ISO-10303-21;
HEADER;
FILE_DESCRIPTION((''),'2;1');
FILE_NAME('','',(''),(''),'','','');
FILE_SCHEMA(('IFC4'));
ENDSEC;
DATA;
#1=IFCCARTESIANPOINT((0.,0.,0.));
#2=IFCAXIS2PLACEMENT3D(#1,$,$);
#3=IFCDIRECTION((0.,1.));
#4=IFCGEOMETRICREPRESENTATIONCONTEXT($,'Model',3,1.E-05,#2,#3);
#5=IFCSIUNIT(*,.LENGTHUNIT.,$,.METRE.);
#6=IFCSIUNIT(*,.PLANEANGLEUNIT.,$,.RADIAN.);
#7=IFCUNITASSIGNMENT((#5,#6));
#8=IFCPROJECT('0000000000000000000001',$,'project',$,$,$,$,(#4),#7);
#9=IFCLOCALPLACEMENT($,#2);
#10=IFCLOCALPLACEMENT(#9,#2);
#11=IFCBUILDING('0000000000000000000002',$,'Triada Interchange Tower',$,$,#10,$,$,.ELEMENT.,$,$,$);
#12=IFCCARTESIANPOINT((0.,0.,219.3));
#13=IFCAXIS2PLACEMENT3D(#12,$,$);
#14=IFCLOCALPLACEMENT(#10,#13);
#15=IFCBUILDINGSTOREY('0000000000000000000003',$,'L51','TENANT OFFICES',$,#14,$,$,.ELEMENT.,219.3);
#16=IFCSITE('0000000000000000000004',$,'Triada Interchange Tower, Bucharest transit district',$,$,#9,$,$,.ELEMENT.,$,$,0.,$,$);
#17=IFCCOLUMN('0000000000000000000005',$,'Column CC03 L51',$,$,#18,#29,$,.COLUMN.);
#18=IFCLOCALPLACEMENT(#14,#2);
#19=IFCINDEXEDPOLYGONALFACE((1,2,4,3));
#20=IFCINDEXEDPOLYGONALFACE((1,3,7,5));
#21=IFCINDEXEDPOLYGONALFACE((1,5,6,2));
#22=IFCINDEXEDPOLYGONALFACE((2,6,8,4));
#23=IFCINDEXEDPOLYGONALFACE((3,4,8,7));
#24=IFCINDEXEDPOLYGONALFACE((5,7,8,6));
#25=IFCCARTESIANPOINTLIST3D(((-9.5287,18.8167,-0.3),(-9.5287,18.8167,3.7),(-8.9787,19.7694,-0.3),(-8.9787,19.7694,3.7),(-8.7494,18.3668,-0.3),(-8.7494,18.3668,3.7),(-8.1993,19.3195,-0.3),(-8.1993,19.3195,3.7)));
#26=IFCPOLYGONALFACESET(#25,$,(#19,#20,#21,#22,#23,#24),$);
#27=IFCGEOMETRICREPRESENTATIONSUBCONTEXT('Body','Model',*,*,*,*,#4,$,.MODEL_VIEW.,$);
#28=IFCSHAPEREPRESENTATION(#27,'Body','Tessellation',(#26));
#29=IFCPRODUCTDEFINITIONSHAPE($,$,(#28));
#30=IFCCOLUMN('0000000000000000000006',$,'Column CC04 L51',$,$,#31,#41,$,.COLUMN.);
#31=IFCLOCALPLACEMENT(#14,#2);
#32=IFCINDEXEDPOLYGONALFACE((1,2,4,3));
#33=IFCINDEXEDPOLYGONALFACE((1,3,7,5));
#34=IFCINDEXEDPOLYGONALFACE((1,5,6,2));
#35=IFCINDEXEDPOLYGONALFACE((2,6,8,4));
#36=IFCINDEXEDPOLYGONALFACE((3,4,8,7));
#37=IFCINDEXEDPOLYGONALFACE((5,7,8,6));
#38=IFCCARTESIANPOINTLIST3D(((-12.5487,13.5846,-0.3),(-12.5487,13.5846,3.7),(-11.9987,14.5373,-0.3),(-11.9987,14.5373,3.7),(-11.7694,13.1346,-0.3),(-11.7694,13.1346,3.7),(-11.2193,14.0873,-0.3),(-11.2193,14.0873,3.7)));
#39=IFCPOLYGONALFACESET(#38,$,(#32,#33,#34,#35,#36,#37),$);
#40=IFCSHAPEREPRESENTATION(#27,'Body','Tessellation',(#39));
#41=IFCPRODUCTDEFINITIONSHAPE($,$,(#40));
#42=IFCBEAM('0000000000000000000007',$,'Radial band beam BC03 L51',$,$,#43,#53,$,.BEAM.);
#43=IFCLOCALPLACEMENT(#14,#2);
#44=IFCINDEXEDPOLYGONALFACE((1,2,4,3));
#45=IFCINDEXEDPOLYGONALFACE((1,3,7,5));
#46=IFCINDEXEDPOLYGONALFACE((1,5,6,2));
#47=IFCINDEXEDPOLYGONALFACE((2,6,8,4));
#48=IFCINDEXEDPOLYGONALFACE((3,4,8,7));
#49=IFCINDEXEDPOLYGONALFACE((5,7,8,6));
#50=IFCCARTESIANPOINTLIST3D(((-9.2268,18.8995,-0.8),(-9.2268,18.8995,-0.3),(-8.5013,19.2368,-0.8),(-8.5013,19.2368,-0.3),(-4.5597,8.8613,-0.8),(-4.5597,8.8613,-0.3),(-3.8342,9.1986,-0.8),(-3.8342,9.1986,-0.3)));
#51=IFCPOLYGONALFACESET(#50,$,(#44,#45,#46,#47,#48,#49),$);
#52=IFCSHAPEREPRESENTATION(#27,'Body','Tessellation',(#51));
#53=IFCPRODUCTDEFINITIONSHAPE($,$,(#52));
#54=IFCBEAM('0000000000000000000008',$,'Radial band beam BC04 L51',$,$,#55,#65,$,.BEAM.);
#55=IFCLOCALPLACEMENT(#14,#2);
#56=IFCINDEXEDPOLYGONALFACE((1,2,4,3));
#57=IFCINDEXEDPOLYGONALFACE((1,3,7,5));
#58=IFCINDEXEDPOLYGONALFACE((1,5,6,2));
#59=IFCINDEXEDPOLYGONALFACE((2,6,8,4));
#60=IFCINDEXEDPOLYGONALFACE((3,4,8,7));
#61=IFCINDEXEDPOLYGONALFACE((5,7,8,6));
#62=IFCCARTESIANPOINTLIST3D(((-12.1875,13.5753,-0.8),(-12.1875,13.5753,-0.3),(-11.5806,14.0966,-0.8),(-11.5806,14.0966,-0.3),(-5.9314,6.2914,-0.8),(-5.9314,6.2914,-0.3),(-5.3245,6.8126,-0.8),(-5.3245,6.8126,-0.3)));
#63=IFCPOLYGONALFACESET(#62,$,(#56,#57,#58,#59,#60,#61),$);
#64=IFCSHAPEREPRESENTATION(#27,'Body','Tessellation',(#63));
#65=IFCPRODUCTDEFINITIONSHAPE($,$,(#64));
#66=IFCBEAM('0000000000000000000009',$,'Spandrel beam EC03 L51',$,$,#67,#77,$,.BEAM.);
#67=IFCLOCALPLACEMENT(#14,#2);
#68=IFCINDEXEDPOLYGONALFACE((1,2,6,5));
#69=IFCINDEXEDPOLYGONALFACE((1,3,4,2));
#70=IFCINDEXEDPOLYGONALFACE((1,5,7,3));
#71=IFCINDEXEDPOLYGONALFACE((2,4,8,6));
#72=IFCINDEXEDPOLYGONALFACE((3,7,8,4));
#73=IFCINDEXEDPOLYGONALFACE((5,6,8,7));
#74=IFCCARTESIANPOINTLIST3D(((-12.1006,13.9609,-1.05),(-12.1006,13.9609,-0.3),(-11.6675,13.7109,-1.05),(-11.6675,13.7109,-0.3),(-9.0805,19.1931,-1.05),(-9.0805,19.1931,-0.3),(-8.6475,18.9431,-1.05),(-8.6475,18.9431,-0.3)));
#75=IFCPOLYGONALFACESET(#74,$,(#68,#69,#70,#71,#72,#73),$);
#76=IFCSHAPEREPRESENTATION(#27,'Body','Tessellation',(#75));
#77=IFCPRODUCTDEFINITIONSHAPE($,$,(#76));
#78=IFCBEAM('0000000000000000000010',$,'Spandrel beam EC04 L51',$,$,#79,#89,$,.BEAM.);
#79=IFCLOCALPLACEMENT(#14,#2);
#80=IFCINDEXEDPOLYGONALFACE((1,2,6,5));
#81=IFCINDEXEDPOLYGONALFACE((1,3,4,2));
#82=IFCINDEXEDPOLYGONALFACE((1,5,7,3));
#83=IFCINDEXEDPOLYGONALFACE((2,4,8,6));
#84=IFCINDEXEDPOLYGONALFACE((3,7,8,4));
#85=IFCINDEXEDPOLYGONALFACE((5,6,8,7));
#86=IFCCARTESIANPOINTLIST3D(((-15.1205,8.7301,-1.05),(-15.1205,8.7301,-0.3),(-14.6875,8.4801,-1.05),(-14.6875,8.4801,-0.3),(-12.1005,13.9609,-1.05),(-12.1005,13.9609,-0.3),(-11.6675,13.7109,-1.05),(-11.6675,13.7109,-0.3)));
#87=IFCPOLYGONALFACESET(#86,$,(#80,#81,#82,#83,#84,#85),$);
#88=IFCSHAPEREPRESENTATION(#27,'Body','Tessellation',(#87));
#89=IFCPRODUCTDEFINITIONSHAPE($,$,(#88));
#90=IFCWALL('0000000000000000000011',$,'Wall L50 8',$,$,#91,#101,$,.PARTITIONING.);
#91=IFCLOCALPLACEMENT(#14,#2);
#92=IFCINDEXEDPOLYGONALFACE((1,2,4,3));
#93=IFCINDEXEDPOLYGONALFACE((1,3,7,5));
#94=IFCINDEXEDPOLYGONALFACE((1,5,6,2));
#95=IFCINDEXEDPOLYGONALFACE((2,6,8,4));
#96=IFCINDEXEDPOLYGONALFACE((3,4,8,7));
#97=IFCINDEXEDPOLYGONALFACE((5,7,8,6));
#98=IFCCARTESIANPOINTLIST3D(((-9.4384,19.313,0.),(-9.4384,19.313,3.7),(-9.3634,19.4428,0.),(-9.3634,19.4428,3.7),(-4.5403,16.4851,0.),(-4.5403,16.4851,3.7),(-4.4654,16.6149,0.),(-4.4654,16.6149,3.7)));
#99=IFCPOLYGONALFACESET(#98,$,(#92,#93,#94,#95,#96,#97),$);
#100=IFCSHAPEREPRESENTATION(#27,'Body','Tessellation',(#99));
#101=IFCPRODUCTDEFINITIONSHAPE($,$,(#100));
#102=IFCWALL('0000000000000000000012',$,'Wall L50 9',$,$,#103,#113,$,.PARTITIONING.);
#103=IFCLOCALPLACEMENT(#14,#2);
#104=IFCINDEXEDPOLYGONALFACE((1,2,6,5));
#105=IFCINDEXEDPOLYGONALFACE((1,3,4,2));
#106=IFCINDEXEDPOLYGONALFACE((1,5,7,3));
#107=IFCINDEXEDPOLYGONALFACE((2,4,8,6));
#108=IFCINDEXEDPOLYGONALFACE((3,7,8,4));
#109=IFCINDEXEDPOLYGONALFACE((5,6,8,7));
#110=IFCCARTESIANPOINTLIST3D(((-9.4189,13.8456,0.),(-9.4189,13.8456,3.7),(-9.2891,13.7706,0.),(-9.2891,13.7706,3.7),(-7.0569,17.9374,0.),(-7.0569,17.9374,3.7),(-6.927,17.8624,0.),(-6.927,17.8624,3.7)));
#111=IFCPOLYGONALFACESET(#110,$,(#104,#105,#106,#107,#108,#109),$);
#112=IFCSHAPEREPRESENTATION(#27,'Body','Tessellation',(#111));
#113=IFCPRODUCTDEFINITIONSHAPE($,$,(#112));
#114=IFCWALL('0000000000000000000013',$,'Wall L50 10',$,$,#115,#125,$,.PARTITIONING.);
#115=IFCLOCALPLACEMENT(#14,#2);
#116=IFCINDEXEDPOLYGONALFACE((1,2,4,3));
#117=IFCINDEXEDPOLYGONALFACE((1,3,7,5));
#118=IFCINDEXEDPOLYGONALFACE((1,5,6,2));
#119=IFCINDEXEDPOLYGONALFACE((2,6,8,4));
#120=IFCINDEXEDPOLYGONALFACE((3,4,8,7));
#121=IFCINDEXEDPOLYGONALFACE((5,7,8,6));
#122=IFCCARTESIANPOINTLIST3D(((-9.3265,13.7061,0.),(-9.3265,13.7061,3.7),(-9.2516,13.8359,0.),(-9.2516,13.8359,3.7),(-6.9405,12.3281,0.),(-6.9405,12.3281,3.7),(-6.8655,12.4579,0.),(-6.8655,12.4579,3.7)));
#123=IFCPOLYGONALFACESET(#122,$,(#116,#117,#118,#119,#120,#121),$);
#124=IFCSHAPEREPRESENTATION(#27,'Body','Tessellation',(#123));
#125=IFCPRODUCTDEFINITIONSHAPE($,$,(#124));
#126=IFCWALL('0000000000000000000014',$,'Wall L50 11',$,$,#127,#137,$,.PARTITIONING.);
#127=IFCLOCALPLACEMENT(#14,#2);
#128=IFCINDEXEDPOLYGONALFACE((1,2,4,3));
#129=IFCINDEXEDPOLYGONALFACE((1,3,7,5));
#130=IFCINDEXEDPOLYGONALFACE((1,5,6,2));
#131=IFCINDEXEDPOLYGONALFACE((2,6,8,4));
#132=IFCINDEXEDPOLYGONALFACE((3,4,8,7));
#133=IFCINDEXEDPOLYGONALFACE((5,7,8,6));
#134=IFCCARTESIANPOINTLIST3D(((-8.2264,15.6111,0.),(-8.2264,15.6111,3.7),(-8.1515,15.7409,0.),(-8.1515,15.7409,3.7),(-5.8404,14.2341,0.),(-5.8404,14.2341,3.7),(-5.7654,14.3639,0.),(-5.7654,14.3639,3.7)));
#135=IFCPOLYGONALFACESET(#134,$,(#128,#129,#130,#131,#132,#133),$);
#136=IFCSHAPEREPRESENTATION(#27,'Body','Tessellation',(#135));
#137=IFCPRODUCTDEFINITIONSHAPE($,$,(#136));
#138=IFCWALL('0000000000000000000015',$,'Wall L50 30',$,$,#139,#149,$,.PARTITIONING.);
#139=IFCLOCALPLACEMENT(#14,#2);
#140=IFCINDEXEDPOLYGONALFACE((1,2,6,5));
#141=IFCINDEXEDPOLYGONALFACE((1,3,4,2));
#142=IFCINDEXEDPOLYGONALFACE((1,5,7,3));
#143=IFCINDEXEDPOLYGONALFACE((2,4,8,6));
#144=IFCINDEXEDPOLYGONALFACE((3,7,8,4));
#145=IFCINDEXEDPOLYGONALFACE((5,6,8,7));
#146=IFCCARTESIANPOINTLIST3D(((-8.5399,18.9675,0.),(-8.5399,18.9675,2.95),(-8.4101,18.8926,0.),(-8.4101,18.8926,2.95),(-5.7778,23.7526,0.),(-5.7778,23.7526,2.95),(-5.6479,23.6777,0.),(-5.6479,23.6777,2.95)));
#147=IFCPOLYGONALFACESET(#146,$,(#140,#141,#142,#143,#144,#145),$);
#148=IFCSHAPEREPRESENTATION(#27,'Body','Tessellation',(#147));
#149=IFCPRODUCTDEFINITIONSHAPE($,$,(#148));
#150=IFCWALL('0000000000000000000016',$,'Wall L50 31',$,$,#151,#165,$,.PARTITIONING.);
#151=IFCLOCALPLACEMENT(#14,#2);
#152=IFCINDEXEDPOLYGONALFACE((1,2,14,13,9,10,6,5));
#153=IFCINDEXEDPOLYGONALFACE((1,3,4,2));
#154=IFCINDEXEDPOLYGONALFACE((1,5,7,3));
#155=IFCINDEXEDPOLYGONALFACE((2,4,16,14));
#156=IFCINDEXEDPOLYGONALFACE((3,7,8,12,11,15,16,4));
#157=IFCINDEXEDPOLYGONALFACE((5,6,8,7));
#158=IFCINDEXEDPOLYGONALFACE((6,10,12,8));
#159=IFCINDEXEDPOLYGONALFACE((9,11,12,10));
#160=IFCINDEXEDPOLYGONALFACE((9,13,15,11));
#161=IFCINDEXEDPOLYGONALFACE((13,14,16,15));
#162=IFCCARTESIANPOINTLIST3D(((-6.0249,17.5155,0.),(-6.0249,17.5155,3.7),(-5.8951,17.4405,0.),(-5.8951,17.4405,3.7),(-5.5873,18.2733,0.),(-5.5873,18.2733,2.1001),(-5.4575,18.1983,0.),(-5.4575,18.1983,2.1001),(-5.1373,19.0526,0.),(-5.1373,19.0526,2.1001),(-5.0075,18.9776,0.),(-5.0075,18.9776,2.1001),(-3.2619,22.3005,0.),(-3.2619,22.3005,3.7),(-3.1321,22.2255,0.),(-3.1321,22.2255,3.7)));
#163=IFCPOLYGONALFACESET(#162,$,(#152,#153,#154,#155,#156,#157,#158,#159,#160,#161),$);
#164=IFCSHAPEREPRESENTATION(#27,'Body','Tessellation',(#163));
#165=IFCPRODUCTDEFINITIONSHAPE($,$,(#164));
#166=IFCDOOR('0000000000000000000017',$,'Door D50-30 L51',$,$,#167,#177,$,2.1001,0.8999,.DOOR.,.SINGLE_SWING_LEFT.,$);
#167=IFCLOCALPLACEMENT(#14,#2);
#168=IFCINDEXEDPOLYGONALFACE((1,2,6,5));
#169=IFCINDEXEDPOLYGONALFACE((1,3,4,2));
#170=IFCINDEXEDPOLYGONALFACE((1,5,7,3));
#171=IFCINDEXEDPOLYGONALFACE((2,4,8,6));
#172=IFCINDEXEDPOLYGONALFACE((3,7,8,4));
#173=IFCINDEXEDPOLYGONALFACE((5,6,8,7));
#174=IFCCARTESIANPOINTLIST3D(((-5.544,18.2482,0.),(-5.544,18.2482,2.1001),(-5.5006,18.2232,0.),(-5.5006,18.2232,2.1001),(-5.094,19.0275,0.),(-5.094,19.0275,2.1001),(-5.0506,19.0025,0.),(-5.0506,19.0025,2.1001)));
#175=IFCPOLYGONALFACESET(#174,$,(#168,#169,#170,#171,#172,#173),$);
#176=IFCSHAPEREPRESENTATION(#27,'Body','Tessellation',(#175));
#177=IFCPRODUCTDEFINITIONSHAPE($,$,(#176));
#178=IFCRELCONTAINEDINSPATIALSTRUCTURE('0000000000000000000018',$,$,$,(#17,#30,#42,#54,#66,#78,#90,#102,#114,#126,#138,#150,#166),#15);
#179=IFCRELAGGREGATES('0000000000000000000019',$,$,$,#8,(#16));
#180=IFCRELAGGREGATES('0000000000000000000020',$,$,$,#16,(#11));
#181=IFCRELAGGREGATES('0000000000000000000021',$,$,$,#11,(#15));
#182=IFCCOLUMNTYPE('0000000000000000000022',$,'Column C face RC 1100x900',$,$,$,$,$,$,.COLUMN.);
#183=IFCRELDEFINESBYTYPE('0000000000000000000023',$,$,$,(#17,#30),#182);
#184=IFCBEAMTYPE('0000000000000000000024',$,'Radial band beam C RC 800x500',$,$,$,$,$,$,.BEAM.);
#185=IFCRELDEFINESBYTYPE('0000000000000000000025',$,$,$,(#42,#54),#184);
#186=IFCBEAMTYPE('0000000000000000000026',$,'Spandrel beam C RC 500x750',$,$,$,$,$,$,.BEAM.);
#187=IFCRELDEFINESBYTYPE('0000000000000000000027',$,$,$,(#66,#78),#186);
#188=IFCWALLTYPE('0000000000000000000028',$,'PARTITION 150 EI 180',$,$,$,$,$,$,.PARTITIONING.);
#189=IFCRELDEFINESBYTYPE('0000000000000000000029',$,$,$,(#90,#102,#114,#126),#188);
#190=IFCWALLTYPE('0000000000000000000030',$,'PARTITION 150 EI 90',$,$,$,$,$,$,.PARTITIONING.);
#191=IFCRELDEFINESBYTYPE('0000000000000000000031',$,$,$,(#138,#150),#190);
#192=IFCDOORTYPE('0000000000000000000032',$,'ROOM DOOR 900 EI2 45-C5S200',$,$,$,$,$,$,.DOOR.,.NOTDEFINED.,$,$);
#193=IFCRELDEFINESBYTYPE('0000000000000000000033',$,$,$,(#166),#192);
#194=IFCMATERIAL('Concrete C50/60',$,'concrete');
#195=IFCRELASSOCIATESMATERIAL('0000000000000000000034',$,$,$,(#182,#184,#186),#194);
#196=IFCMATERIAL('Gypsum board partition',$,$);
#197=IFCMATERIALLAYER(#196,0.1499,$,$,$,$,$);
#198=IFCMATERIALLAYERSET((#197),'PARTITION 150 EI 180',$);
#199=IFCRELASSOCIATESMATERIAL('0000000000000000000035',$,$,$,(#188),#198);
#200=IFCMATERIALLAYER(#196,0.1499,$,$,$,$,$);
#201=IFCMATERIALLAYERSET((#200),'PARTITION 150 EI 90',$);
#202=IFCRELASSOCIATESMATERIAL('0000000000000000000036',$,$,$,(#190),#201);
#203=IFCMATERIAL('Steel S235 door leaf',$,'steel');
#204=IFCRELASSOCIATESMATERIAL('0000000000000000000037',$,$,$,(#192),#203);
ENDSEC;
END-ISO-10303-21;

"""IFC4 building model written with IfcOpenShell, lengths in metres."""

from ifc_helpers import new_model, si_unit, direction, frame, frame_2d, origin, origin_2d, place, context, subcontext, project, spatial, rectangle, extrude, material, layer, layer_set, material_profile, profile_set, type_object, element, fill, save


model = new_model("IFC4")

# Units and contexts
model_context = context("Model", 3, precision=1e-05, world=origin(), true_north=direction((0.0, 1.0)))
body_context = subcontext(model_context, "Body", "Model", "MODEL_VIEW")
ifc_project = project(units=[si_unit("LENGTHUNIT", "METRE"), si_unit("PLANEANGLEUNIT", "RADIAN")], contexts=[model_context])

# Site, building, storey
site_placement = place(None, origin())
site = spatial("IfcSite", under=ifc_project, at=site_placement, Name="Triada Interchange Tower, Bucharest transit district", CompositionType="ELEMENT", RefElevation=0.0)
building_placement = place(site_placement, origin())
building = spatial("IfcBuilding", under=site, at=building_placement, Name="Triada Interchange Tower", CompositionType="ELEMENT")
storey_placement = place(building_placement, frame((0.0, 0.0, 219.3)))
storey = spatial("IfcBuildingStorey", under=building, at=storey_placement, Name="L51", Description="TENANT OFFICES", CompositionType="ELEMENT", Elevation=219.3)

# Columns
ifc_material_1 = material(Name="Concrete C50/60", Category="concrete")
ifc_material_profile_1 = material_profile(ifc_material_1, rectangle(XDim=1.1001, YDim=0.8999, at=origin_2d()), Name="RC 1100x900")
ifc_profile_set_1 = profile_set([ifc_material_profile_1], Name="Concrete C50/60")
column_type = type_object("IfcColumnType", Name="Column C face RC 1100x900", PredefinedType="COLUMN", material=ifc_profile_set_1)
for number, where, z_axis, x_axis, name in (
    (1, (-8.864, 19.0681, -0.3), (0.0, 0.0, 1.0), (0.5, 0.866025, 0.0), "Column CC03 L51"),
    (2, (-11.884, 13.8359, -0.3), (0.0, 0.0, 1.0), (0.5, 0.866025, 0.0), "Column CC04 L51"),
):
    element("IfcColumn", number, at=place(storey_placement, frame(where, z_axis=z_axis, x_axis=x_axis)), inside=storey, type_object=column_type, Name=name, PredefinedType="COLUMN", context=body_context, shape_type="SweptSolid", body=[
        extrude(rectangle(XDim=1.1001, YDim=0.8999, at=origin_2d()), origin(), (0.0, 0.0, 1.0), 4.0),
    ])

# Beams
ifc_material_profile_2 = material_profile(ifc_material_1, rectangle(XDim=0.8, YDim=0.5, at=origin_2d()), Name="RC 800x500")
ifc_profile_set_2 = profile_set([ifc_material_profile_2], Name="Concrete C50/60")
beam_type_1 = type_object("IfcBeamType", Name="Radial band beam C RC 800x500", PredefinedType="BEAM", material=ifc_profile_set_2)
beam_1_placement = place(storey_placement, frame((-8.864, 19.0681, -0.55), z_axis=(0.421591, -0.906786, 0.0), x_axis=(0.906786, 0.421591, 0.0)))
element("IfcBeam", 3, at=beam_1_placement, inside=storey, type_object=beam_type_1, Name="Radial band beam BC03 L51", PredefinedType="BEAM", context=body_context, shape_type="SweptSolid", body=[
    extrude(rectangle(XDim=0.8, YDim=0.5, at=origin_2d()), origin(), (0.0, 0.0, 1.0), 11.0701),
])
beam_2_placement = place(storey_placement, frame((-11.884, 13.8359, -0.55), z_axis=(0.651555, -0.758601, 0.0), x_axis=(0.758601, 0.651555, 0.0)))
element("IfcBeam", 4, at=beam_2_placement, inside=storey, type_object=beam_type_1, Name="Radial band beam BC04 L51", PredefinedType="BEAM", context=body_context, shape_type="SweptSolid", body=[
    extrude(rectangle(XDim=0.8, YDim=0.5, at=origin_2d()), origin(), (0.0, 0.0, 1.0), 9.6018),
])
ifc_material_profile_3 = material_profile(ifc_material_1, rectangle(XDim=0.5, YDim=0.75, at=origin_2d()), Name="RC 500x750")
ifc_profile_set_3 = profile_set([ifc_material_profile_3], Name="Concrete C50/60")
beam_type_2 = type_object("IfcBeamType", Name="Spandrel beam C RC 500x750", PredefinedType="BEAM", material=ifc_profile_set_3)
beam_3_placement = place(storey_placement, frame((-8.864, 19.0681, -0.675), z_axis=(-0.499903, -0.866081, 0.0), x_axis=(0.866081, -0.499903, 0.0)))
element("IfcBeam", 5, at=beam_3_placement, inside=storey, type_object=beam_type_2, Name="Spandrel beam EC03 L51", PredefinedType="BEAM", context=body_context, shape_type="SweptSolid", body=[
    extrude(rectangle(XDim=0.5, YDim=0.75, at=origin_2d()), origin(), (0.0, 0.0, 1.0), 6.0413),
])
beam_4_placement = place(storey_placement, frame((-11.884, 13.8359, -0.675), z_axis=(-0.499991, -0.866031, 0.0), x_axis=(0.866031, -0.499991, 0.0)))
element("IfcBeam", 6, at=beam_4_placement, inside=storey, type_object=beam_type_2, Name="Spandrel beam EC04 L51", PredefinedType="BEAM", context=body_context, shape_type="SweptSolid", body=[
    extrude(rectangle(XDim=0.5, YDim=0.75, at=origin_2d()), origin(), (0.0, 0.0, 1.0), 6.04),
])

# Shared definitions
ifc_material_2 = material(Name="Steel S235 door leaf", Category="steel")

# Walls
ifc_material_3 = material(Name="Gypsum board partition")
ifc_layer_1 = layer(ifc_material_3, 0.1499)
ifc_layer_set_1 = layer_set([ifc_layer_1], Name="PARTITION 150 EI 180")
wall_type_1 = type_object("IfcWallType", Name="PARTITION 150 EI 180", PredefinedType="PARTITIONING", material=ifc_layer_set_1)
wall_1_placement = place(storey_placement, frame((-9.4009, 19.3779, 0.0), z_axis=(0.0, 0.0, 1.0), x_axis=(0.866022, -0.500006, 0.0)))
element("IfcWall", 7, at=wall_1_placement, inside=storey, type_object=wall_type_1, Name="Wall L50 8", PredefinedType="PARTITIONING", context=body_context, shape_type="SweptSolid", body=[
    extrude(rectangle(XDim=5.6558, YDim=0.1499, at=frame_2d((2.8279, 0.0))), origin(), (0.0, 0.0, 1.0), 3.7),
])
wall_2_placement = place(storey_placement, frame((-9.354, 13.8081, 0.0), z_axis=(0.0, 0.0, 1.0), x_axis=(0.499946, 0.866057, 0.0)))
element("IfcWall", 8, at=wall_2_placement, inside=storey, type_object=wall_type_1, Name="Wall L50 9", PredefinedType="PARTITIONING", context=body_context, shape_type="SweptSolid", body=[
    extrude(rectangle(XDim=4.7246, YDim=0.1499, at=frame_2d((2.3623, 0.0))), origin(), (0.0, 0.0, 1.0), 3.7),
])
wall_3_placement = place(storey_placement, frame((-9.2891, 13.771, 0.0), z_axis=(0.0, 0.0, 1.0), x_axis=(0.865966, -0.500103, 0.0)))
element("IfcWall", 9, at=wall_3_placement, inside=storey, type_object=wall_type_1, Name="Wall L50 10", PredefinedType="PARTITIONING", context=body_context, shape_type="SweptSolid", body=[
    extrude(rectangle(XDim=2.7554, YDim=0.1499, at=frame_2d((1.3777, 0.0))), origin(), (0.0, 0.0, 1.0), 3.7),
])
wall_4_placement = place(storey_placement, frame((-8.189, 15.676, 0.0), z_axis=(0.0, 0.0, 1.0), x_axis=(0.866119, -0.499838, 0.0)))
element("IfcWall", 10, at=wall_4_placement, inside=storey, type_object=wall_type_1, Name="Wall L50 11", PredefinedType="PARTITIONING", context=body_context, shape_type="SweptSolid", body=[
    extrude(rectangle(XDim=2.7549, YDim=0.1499, at=frame_2d((1.3774, 0.0))), origin(), (0.0, 0.0, 1.0), 3.7),
])
ifc_layer_2 = layer(ifc_material_3, 0.1499)
ifc_layer_set_2 = layer_set([ifc_layer_2], Name="PARTITION 150 EI 90")
wall_type_2 = type_object("IfcWallType", Name="PARTITION 150 EI 90", PredefinedType="PARTITIONING", material=ifc_layer_set_2)
wall_5_placement = place(storey_placement, frame((-8.4751, 18.9299, 0.0), z_axis=(0.0, 0.0, 1.0), x_axis=(0.499932, 0.866065, 0.0)))
element("IfcWall", 11, at=wall_5_placement, inside=storey, type_object=wall_type_2, Name="Wall L50 30", PredefinedType="PARTITIONING", context=body_context, shape_type="SweptSolid", body=[
    extrude(rectangle(XDim=5.5251, YDim=0.1499, at=frame_2d((2.7627, 0.0))), origin(), (0.0, 0.0, 1.0), 2.95),
])

# Wall, opening, door
wall_6_placement = place(storey_placement, frame((-5.96, 17.478, 0.0), z_axis=(0.0, 0.0, 1.0), x_axis=(0.50005, 0.865996, 0.0)))
wall_6 = element("IfcWall", 12, at=wall_6_placement, inside=storey, type_object=wall_type_2, Name="Wall L50 31", PredefinedType="PARTITIONING", context=body_context, shape_type="SweptSolid", body=[
    extrude(rectangle(XDim=5.5254, YDim=0.1499, at=frame_2d((2.7627, 0.0))), origin(), (0.0, 0.0, 1.0), 3.7),
])
opening_1_placement = place(wall_6_placement, frame((0.875, 0.0, 0.0)))
opening_1 = element("IfcOpeningElement", 13, at=opening_1_placement, cuts=wall_6, PredefinedType="OPENING", context=body_context, shape_type="SweptSolid", body=[
    extrude(rectangle(XDim=0.8999, YDim=2.1001, at=frame_2d((0.45, 1.05))), frame((0.0, 0.085, 0.0), z_axis=(0.0, -1.0, 0.0), x_axis=(1.0, 0.0, 0.0)), (0.0, 0.0, 1.0), 0.1699),
])
door_type_1 = type_object("IfcDoorType", Name="ROOM DOOR 900 EI2 45-C5S200", OperationType="NOTDEFINED", PredefinedType="DOOR", material=ifc_material_2)
door_1_placement = place(opening_1_placement, origin())
door_1 = element("IfcDoor", 14, at=door_1_placement, inside=storey, type_object=door_type_1, Name="Door D50-30 L51", OperationType="SINGLE_SWING_LEFT", OverallHeight=2.1001, OverallWidth=0.8999, PredefinedType="DOOR", context=body_context, shape_type="SweptSolid", body=[
    extrude(rectangle(XDim=0.8999, YDim=2.1001, at=frame_2d((0.45, 1.05))), frame((0.0, 0.0249, 0.0), z_axis=(0.0, -1.0, 0.0), x_axis=(1.0, 0.0, 0.0)), (0.0, 0.0, 1.0), 0.05),
])
fill(opening_1, door_1)

save(model, "model.ifc")
